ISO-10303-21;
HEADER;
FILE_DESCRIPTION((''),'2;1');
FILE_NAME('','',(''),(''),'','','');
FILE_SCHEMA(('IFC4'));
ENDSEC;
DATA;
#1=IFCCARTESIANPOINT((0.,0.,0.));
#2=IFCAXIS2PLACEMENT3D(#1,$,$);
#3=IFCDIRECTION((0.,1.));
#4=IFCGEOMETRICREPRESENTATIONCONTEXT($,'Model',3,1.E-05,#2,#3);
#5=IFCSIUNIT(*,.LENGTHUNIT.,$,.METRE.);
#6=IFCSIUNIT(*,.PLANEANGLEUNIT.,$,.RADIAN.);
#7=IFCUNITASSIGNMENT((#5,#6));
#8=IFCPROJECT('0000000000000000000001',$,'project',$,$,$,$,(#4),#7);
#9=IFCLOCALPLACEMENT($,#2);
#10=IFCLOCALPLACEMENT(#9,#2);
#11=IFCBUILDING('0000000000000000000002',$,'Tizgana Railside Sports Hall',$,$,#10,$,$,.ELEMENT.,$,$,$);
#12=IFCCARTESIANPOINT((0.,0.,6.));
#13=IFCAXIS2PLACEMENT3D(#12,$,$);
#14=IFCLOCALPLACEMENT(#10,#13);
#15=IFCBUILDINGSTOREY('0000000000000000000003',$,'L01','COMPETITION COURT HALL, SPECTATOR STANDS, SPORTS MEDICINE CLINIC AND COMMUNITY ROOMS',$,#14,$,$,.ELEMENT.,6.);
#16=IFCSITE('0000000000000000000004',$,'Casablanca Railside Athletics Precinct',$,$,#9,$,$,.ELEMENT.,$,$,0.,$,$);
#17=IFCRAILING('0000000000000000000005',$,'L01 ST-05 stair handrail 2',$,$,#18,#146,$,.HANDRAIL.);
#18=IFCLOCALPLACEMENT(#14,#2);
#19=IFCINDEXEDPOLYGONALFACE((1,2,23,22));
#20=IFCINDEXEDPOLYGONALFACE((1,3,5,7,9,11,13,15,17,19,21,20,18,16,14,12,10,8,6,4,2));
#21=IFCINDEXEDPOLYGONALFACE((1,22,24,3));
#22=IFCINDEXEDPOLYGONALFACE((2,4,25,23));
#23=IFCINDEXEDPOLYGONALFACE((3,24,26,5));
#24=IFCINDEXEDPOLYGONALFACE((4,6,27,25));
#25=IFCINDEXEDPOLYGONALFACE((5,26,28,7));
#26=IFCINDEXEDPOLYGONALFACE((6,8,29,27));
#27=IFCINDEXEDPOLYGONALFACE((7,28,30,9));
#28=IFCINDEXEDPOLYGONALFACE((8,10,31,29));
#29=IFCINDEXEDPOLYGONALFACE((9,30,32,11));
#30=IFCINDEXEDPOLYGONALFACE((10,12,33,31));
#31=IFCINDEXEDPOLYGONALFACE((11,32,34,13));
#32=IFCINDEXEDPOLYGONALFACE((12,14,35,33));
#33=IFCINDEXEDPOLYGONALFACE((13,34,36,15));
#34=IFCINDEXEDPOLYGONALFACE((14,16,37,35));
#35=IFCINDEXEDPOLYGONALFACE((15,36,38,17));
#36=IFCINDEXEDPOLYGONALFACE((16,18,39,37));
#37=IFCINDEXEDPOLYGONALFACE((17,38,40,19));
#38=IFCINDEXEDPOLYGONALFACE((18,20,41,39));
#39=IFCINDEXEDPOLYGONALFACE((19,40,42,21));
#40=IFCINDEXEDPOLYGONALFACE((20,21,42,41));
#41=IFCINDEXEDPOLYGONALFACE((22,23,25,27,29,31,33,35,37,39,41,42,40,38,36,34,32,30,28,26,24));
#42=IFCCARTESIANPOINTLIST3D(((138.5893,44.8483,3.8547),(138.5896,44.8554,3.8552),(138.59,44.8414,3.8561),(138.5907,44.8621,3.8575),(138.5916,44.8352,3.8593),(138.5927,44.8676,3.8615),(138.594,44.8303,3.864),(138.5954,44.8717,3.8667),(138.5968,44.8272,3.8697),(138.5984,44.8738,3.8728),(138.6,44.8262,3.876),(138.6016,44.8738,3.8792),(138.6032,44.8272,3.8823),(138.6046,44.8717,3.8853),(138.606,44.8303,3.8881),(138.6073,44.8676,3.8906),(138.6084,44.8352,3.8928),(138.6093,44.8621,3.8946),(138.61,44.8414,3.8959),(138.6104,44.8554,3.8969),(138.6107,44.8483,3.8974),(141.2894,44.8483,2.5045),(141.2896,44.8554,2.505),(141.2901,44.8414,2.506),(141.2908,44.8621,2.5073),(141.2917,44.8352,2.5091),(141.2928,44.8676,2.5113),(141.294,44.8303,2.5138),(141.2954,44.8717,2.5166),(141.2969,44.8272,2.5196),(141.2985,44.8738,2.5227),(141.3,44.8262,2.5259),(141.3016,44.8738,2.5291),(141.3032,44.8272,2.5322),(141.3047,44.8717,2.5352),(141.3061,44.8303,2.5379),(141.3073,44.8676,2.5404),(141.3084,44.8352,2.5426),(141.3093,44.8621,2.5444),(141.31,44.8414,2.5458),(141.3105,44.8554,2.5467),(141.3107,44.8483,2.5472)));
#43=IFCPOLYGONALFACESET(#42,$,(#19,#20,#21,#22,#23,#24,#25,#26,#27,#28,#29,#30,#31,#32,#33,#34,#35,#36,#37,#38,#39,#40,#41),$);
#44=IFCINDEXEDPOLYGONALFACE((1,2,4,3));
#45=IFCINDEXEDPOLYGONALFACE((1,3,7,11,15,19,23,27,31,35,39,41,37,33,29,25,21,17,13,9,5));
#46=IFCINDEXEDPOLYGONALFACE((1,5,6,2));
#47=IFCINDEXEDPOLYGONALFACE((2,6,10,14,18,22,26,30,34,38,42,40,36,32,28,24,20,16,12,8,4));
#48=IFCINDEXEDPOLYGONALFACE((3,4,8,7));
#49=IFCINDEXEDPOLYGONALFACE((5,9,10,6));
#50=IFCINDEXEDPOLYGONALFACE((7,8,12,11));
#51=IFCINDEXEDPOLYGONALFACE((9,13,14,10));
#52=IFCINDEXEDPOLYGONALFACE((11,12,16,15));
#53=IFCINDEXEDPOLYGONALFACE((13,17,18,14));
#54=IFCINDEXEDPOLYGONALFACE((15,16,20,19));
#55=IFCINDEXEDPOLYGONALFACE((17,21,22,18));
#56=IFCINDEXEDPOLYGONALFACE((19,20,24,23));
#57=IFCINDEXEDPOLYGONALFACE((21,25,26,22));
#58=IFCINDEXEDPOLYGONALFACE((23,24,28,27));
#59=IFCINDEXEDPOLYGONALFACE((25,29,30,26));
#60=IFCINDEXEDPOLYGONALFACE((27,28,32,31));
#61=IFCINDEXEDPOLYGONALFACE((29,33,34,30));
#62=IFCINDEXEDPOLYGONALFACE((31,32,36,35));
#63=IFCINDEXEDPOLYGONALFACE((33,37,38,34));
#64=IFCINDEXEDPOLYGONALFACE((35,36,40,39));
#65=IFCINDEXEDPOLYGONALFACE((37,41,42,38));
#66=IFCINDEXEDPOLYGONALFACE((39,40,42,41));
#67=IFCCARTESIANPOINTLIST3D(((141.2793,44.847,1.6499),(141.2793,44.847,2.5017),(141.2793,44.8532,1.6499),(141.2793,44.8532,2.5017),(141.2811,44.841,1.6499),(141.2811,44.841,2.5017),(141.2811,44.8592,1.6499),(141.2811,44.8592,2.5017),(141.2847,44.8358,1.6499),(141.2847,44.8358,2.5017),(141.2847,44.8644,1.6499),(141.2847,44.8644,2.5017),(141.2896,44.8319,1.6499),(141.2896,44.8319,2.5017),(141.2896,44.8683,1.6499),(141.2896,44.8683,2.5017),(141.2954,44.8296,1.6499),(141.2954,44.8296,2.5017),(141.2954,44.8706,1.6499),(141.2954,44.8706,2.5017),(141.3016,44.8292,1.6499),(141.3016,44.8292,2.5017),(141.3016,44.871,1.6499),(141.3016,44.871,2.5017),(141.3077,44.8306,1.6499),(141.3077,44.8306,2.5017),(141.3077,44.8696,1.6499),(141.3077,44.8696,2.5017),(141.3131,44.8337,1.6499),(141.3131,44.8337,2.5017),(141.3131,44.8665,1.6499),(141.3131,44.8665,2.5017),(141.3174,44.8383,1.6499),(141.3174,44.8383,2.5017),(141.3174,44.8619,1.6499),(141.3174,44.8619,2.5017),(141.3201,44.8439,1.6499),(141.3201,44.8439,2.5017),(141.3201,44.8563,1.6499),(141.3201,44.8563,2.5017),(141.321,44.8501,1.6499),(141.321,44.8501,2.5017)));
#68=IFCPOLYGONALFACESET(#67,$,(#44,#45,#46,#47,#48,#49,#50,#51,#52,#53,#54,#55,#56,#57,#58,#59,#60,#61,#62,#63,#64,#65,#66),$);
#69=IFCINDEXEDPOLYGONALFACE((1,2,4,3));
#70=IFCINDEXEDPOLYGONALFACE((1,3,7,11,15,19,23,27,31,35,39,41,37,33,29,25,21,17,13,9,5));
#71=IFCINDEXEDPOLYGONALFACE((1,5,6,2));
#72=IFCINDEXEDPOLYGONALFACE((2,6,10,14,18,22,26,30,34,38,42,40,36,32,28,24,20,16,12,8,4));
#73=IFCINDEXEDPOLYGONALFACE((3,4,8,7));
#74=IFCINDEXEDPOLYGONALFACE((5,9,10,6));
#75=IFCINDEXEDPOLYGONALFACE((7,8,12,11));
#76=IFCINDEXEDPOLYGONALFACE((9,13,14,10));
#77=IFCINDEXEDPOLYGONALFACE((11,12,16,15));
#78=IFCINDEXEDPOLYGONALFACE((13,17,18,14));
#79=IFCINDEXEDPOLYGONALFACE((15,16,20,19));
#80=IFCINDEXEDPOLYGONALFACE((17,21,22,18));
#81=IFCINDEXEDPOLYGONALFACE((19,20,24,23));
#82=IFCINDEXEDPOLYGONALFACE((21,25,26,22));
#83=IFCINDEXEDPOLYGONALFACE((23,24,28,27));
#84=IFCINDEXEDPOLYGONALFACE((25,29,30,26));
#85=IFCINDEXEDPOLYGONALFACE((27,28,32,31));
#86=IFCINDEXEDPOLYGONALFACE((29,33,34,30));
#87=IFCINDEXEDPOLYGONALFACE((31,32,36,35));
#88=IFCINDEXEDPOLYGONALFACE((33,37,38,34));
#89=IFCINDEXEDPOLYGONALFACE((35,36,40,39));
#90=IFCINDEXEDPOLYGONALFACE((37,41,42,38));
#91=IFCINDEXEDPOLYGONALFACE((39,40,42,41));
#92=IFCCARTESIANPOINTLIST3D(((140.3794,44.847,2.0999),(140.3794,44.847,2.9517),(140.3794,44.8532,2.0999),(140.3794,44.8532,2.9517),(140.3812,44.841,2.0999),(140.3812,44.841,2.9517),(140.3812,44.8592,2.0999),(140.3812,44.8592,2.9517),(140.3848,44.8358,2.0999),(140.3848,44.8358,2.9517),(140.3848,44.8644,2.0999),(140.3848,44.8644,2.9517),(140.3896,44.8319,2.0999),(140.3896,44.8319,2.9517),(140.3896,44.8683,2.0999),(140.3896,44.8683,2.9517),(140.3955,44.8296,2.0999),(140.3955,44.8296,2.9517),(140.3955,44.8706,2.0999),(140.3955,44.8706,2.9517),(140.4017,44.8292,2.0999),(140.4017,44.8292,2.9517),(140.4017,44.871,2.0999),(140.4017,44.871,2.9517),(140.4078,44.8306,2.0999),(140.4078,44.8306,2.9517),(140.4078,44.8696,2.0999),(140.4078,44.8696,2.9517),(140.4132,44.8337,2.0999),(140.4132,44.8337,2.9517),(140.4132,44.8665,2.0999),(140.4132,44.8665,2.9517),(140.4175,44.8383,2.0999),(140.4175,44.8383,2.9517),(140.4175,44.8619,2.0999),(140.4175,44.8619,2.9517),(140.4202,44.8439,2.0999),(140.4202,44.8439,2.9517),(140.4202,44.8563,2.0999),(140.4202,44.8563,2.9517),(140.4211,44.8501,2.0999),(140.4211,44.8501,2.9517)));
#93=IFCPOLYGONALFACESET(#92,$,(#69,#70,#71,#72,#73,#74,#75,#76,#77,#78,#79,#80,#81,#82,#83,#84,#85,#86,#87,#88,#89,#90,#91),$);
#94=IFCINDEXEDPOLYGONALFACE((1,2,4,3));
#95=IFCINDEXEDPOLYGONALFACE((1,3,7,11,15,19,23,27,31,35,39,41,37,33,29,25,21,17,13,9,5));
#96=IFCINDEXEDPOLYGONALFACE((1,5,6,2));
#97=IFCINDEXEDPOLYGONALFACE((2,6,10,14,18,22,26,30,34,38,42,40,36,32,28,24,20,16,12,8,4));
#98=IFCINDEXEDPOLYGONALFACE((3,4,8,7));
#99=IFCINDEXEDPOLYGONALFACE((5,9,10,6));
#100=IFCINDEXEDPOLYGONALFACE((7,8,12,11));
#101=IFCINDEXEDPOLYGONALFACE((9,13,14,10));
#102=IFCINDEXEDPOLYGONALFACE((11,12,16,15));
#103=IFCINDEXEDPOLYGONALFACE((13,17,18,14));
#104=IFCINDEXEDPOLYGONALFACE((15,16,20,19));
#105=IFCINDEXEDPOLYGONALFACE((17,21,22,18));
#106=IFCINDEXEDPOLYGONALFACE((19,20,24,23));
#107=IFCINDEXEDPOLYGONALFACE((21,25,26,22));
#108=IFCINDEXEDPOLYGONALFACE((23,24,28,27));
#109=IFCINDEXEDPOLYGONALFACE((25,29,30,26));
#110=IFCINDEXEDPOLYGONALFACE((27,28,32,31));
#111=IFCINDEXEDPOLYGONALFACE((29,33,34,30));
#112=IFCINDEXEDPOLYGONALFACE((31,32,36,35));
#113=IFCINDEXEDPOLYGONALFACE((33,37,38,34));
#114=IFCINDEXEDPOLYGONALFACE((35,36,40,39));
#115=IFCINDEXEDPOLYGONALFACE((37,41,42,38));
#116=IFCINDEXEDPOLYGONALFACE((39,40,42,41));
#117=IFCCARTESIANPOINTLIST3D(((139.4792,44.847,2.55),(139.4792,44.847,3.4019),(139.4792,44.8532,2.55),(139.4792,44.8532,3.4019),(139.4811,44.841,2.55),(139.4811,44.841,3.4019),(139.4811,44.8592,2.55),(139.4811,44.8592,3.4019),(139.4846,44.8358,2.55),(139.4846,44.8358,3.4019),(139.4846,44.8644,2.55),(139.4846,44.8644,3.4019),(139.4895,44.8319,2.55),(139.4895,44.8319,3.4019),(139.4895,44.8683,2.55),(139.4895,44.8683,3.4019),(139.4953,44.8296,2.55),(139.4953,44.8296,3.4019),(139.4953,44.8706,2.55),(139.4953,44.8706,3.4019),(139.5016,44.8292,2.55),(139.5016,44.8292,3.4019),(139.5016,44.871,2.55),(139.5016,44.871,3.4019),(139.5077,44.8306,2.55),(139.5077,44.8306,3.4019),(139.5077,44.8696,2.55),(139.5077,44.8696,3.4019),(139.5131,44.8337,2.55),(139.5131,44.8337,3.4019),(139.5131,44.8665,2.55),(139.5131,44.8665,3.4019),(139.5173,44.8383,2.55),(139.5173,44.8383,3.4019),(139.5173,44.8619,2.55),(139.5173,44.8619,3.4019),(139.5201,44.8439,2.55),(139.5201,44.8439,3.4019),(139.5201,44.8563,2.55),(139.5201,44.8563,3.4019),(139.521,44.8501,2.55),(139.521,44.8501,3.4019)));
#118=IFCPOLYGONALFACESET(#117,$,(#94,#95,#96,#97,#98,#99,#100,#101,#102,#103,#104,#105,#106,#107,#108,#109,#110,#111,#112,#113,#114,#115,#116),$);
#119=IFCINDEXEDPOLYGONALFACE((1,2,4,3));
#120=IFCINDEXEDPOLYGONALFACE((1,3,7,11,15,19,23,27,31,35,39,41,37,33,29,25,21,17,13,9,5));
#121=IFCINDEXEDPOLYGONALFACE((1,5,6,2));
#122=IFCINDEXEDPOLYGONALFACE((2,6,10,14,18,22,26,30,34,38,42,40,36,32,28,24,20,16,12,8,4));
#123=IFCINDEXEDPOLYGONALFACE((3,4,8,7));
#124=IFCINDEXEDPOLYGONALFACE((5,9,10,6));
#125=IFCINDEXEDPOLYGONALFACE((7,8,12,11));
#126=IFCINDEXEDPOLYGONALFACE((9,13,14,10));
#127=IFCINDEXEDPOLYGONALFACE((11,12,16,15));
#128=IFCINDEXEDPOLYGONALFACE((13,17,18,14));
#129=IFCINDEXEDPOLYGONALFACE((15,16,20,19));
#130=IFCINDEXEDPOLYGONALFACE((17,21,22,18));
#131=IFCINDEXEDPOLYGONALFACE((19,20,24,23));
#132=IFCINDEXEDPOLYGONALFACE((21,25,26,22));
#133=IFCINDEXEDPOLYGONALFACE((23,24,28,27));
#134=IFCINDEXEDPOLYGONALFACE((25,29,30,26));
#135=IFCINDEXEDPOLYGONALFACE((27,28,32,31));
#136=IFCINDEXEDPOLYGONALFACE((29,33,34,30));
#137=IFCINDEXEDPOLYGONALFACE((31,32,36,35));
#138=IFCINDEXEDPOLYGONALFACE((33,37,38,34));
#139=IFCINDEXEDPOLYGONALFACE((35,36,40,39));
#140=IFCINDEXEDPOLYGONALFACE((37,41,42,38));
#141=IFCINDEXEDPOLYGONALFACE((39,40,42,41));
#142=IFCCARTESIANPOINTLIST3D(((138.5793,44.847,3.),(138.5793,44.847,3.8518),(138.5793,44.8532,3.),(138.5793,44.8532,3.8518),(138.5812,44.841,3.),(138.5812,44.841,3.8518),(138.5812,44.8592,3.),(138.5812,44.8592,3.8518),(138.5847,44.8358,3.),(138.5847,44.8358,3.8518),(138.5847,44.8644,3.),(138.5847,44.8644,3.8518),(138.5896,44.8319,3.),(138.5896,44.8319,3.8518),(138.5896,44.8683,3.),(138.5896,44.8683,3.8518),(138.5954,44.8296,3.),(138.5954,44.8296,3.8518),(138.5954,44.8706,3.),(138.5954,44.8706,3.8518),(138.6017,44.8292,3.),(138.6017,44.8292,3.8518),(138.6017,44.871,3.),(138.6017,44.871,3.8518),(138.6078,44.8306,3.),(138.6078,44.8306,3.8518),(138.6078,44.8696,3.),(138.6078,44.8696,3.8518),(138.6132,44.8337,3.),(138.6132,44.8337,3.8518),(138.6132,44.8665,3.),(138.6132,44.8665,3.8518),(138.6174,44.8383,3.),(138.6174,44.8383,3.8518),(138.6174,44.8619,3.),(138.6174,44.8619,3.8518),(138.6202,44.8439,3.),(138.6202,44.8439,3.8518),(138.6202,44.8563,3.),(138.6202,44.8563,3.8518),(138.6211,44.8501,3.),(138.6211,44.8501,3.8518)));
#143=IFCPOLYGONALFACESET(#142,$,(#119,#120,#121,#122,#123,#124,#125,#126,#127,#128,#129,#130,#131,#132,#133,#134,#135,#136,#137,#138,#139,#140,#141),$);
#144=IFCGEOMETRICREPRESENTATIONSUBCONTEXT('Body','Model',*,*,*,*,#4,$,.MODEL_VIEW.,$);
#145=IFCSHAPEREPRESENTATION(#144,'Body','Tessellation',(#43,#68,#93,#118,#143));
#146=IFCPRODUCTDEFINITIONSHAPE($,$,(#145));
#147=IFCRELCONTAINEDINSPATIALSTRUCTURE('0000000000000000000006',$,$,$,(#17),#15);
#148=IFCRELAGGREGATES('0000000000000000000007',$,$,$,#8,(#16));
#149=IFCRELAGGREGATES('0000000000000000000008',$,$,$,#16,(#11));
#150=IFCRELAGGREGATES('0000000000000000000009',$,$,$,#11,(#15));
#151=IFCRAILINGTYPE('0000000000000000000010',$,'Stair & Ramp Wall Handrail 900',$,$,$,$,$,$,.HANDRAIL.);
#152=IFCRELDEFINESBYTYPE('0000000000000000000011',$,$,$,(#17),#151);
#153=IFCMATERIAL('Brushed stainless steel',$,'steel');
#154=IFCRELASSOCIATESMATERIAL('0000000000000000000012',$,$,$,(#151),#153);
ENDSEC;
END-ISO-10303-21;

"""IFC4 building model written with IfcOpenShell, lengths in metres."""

from ifc_helpers import new_model, si_unit, direction, frame, origin, origin_2d, place, context, subcontext, project, spatial, circle, extrude, material, type_object, element, save


model = new_model("IFC4")

# Units and contexts
model_context = context("Model", 3, precision=1e-05, world=origin(), true_north=direction((0.0, 1.0)))
body_context = subcontext(model_context, "Body", "Model", "MODEL_VIEW")
ifc_project = project(units=[si_unit("LENGTHUNIT", "METRE"), si_unit("PLANEANGLEUNIT", "RADIAN")], contexts=[model_context])

# Site, building, storey
site_placement = place(None, origin())
site = spatial("IfcSite", under=ifc_project, at=site_placement, Name="Casablanca Railside Athletics Precinct", CompositionType="ELEMENT", RefElevation=0.0)
building_placement = place(site_placement, origin())
building = spatial("IfcBuilding", under=site, at=building_placement, Name="Tizgana Railside Sports Hall", CompositionType="ELEMENT")
storey_placement = place(building_placement, frame((0.0, 0.0, 6.0)))
storey = spatial("IfcBuildingStorey", under=building, at=storey_placement, Name="L01", Description="COMPETITION COURT HALL, SPECTATOR STANDS, SPORTS MEDICINE CLINIC AND COMMUNITY ROOMS", CompositionType="ELEMENT", Elevation=6.0)

# Shared definitions
ifc_material_1 = material(Name="Brushed stainless steel", Category="steel")

# Railing
railing_type_1 = type_object("IfcRailingType", Name="Stair & Ramp Wall Handrail 900", PredefinedType="HANDRAIL", material=ifc_material_1)
railing_1_placement = place(storey_placement, frame((141.3, 44.8501, 1.6499)))
element("IfcRailing", 1, at=railing_1_placement, inside=storey, type_object=railing_type_1, Name="L01 ST-05 stair handrail 2", PredefinedType="HANDRAIL", context=body_context, shape_type="SweptSolid", body=[
    extrude(circle(Radius=0.0239, at=origin_2d()), frame((0.0, 0.0, 0.876), z_axis=(-0.894411, 0.0, 0.447246), x_axis=(0.0, -1.0, 0.0)), (0.0, 0.0, 1.0), 3.0188),
    extrude(circle(Radius=0.021, at=origin_2d()), origin(), (0.0, 0.0, 1.0), 0.8518),
    extrude(circle(Radius=0.021, at=origin_2d()), frame((-0.8999, 0.0, 0.45)), (0.0, 0.0, 1.0), 0.8518),
    extrude(circle(Radius=0.021, at=origin_2d()), frame((-1.8, 0.0, 0.9001)), (0.0, 0.0, 1.0), 0.8518),
    extrude(circle(Radius=0.021, at=origin_2d()), frame((-2.7, 0.0, 1.3501)), (0.0, 0.0, 1.0), 0.8518),
])

save(model, "model.ifc")
